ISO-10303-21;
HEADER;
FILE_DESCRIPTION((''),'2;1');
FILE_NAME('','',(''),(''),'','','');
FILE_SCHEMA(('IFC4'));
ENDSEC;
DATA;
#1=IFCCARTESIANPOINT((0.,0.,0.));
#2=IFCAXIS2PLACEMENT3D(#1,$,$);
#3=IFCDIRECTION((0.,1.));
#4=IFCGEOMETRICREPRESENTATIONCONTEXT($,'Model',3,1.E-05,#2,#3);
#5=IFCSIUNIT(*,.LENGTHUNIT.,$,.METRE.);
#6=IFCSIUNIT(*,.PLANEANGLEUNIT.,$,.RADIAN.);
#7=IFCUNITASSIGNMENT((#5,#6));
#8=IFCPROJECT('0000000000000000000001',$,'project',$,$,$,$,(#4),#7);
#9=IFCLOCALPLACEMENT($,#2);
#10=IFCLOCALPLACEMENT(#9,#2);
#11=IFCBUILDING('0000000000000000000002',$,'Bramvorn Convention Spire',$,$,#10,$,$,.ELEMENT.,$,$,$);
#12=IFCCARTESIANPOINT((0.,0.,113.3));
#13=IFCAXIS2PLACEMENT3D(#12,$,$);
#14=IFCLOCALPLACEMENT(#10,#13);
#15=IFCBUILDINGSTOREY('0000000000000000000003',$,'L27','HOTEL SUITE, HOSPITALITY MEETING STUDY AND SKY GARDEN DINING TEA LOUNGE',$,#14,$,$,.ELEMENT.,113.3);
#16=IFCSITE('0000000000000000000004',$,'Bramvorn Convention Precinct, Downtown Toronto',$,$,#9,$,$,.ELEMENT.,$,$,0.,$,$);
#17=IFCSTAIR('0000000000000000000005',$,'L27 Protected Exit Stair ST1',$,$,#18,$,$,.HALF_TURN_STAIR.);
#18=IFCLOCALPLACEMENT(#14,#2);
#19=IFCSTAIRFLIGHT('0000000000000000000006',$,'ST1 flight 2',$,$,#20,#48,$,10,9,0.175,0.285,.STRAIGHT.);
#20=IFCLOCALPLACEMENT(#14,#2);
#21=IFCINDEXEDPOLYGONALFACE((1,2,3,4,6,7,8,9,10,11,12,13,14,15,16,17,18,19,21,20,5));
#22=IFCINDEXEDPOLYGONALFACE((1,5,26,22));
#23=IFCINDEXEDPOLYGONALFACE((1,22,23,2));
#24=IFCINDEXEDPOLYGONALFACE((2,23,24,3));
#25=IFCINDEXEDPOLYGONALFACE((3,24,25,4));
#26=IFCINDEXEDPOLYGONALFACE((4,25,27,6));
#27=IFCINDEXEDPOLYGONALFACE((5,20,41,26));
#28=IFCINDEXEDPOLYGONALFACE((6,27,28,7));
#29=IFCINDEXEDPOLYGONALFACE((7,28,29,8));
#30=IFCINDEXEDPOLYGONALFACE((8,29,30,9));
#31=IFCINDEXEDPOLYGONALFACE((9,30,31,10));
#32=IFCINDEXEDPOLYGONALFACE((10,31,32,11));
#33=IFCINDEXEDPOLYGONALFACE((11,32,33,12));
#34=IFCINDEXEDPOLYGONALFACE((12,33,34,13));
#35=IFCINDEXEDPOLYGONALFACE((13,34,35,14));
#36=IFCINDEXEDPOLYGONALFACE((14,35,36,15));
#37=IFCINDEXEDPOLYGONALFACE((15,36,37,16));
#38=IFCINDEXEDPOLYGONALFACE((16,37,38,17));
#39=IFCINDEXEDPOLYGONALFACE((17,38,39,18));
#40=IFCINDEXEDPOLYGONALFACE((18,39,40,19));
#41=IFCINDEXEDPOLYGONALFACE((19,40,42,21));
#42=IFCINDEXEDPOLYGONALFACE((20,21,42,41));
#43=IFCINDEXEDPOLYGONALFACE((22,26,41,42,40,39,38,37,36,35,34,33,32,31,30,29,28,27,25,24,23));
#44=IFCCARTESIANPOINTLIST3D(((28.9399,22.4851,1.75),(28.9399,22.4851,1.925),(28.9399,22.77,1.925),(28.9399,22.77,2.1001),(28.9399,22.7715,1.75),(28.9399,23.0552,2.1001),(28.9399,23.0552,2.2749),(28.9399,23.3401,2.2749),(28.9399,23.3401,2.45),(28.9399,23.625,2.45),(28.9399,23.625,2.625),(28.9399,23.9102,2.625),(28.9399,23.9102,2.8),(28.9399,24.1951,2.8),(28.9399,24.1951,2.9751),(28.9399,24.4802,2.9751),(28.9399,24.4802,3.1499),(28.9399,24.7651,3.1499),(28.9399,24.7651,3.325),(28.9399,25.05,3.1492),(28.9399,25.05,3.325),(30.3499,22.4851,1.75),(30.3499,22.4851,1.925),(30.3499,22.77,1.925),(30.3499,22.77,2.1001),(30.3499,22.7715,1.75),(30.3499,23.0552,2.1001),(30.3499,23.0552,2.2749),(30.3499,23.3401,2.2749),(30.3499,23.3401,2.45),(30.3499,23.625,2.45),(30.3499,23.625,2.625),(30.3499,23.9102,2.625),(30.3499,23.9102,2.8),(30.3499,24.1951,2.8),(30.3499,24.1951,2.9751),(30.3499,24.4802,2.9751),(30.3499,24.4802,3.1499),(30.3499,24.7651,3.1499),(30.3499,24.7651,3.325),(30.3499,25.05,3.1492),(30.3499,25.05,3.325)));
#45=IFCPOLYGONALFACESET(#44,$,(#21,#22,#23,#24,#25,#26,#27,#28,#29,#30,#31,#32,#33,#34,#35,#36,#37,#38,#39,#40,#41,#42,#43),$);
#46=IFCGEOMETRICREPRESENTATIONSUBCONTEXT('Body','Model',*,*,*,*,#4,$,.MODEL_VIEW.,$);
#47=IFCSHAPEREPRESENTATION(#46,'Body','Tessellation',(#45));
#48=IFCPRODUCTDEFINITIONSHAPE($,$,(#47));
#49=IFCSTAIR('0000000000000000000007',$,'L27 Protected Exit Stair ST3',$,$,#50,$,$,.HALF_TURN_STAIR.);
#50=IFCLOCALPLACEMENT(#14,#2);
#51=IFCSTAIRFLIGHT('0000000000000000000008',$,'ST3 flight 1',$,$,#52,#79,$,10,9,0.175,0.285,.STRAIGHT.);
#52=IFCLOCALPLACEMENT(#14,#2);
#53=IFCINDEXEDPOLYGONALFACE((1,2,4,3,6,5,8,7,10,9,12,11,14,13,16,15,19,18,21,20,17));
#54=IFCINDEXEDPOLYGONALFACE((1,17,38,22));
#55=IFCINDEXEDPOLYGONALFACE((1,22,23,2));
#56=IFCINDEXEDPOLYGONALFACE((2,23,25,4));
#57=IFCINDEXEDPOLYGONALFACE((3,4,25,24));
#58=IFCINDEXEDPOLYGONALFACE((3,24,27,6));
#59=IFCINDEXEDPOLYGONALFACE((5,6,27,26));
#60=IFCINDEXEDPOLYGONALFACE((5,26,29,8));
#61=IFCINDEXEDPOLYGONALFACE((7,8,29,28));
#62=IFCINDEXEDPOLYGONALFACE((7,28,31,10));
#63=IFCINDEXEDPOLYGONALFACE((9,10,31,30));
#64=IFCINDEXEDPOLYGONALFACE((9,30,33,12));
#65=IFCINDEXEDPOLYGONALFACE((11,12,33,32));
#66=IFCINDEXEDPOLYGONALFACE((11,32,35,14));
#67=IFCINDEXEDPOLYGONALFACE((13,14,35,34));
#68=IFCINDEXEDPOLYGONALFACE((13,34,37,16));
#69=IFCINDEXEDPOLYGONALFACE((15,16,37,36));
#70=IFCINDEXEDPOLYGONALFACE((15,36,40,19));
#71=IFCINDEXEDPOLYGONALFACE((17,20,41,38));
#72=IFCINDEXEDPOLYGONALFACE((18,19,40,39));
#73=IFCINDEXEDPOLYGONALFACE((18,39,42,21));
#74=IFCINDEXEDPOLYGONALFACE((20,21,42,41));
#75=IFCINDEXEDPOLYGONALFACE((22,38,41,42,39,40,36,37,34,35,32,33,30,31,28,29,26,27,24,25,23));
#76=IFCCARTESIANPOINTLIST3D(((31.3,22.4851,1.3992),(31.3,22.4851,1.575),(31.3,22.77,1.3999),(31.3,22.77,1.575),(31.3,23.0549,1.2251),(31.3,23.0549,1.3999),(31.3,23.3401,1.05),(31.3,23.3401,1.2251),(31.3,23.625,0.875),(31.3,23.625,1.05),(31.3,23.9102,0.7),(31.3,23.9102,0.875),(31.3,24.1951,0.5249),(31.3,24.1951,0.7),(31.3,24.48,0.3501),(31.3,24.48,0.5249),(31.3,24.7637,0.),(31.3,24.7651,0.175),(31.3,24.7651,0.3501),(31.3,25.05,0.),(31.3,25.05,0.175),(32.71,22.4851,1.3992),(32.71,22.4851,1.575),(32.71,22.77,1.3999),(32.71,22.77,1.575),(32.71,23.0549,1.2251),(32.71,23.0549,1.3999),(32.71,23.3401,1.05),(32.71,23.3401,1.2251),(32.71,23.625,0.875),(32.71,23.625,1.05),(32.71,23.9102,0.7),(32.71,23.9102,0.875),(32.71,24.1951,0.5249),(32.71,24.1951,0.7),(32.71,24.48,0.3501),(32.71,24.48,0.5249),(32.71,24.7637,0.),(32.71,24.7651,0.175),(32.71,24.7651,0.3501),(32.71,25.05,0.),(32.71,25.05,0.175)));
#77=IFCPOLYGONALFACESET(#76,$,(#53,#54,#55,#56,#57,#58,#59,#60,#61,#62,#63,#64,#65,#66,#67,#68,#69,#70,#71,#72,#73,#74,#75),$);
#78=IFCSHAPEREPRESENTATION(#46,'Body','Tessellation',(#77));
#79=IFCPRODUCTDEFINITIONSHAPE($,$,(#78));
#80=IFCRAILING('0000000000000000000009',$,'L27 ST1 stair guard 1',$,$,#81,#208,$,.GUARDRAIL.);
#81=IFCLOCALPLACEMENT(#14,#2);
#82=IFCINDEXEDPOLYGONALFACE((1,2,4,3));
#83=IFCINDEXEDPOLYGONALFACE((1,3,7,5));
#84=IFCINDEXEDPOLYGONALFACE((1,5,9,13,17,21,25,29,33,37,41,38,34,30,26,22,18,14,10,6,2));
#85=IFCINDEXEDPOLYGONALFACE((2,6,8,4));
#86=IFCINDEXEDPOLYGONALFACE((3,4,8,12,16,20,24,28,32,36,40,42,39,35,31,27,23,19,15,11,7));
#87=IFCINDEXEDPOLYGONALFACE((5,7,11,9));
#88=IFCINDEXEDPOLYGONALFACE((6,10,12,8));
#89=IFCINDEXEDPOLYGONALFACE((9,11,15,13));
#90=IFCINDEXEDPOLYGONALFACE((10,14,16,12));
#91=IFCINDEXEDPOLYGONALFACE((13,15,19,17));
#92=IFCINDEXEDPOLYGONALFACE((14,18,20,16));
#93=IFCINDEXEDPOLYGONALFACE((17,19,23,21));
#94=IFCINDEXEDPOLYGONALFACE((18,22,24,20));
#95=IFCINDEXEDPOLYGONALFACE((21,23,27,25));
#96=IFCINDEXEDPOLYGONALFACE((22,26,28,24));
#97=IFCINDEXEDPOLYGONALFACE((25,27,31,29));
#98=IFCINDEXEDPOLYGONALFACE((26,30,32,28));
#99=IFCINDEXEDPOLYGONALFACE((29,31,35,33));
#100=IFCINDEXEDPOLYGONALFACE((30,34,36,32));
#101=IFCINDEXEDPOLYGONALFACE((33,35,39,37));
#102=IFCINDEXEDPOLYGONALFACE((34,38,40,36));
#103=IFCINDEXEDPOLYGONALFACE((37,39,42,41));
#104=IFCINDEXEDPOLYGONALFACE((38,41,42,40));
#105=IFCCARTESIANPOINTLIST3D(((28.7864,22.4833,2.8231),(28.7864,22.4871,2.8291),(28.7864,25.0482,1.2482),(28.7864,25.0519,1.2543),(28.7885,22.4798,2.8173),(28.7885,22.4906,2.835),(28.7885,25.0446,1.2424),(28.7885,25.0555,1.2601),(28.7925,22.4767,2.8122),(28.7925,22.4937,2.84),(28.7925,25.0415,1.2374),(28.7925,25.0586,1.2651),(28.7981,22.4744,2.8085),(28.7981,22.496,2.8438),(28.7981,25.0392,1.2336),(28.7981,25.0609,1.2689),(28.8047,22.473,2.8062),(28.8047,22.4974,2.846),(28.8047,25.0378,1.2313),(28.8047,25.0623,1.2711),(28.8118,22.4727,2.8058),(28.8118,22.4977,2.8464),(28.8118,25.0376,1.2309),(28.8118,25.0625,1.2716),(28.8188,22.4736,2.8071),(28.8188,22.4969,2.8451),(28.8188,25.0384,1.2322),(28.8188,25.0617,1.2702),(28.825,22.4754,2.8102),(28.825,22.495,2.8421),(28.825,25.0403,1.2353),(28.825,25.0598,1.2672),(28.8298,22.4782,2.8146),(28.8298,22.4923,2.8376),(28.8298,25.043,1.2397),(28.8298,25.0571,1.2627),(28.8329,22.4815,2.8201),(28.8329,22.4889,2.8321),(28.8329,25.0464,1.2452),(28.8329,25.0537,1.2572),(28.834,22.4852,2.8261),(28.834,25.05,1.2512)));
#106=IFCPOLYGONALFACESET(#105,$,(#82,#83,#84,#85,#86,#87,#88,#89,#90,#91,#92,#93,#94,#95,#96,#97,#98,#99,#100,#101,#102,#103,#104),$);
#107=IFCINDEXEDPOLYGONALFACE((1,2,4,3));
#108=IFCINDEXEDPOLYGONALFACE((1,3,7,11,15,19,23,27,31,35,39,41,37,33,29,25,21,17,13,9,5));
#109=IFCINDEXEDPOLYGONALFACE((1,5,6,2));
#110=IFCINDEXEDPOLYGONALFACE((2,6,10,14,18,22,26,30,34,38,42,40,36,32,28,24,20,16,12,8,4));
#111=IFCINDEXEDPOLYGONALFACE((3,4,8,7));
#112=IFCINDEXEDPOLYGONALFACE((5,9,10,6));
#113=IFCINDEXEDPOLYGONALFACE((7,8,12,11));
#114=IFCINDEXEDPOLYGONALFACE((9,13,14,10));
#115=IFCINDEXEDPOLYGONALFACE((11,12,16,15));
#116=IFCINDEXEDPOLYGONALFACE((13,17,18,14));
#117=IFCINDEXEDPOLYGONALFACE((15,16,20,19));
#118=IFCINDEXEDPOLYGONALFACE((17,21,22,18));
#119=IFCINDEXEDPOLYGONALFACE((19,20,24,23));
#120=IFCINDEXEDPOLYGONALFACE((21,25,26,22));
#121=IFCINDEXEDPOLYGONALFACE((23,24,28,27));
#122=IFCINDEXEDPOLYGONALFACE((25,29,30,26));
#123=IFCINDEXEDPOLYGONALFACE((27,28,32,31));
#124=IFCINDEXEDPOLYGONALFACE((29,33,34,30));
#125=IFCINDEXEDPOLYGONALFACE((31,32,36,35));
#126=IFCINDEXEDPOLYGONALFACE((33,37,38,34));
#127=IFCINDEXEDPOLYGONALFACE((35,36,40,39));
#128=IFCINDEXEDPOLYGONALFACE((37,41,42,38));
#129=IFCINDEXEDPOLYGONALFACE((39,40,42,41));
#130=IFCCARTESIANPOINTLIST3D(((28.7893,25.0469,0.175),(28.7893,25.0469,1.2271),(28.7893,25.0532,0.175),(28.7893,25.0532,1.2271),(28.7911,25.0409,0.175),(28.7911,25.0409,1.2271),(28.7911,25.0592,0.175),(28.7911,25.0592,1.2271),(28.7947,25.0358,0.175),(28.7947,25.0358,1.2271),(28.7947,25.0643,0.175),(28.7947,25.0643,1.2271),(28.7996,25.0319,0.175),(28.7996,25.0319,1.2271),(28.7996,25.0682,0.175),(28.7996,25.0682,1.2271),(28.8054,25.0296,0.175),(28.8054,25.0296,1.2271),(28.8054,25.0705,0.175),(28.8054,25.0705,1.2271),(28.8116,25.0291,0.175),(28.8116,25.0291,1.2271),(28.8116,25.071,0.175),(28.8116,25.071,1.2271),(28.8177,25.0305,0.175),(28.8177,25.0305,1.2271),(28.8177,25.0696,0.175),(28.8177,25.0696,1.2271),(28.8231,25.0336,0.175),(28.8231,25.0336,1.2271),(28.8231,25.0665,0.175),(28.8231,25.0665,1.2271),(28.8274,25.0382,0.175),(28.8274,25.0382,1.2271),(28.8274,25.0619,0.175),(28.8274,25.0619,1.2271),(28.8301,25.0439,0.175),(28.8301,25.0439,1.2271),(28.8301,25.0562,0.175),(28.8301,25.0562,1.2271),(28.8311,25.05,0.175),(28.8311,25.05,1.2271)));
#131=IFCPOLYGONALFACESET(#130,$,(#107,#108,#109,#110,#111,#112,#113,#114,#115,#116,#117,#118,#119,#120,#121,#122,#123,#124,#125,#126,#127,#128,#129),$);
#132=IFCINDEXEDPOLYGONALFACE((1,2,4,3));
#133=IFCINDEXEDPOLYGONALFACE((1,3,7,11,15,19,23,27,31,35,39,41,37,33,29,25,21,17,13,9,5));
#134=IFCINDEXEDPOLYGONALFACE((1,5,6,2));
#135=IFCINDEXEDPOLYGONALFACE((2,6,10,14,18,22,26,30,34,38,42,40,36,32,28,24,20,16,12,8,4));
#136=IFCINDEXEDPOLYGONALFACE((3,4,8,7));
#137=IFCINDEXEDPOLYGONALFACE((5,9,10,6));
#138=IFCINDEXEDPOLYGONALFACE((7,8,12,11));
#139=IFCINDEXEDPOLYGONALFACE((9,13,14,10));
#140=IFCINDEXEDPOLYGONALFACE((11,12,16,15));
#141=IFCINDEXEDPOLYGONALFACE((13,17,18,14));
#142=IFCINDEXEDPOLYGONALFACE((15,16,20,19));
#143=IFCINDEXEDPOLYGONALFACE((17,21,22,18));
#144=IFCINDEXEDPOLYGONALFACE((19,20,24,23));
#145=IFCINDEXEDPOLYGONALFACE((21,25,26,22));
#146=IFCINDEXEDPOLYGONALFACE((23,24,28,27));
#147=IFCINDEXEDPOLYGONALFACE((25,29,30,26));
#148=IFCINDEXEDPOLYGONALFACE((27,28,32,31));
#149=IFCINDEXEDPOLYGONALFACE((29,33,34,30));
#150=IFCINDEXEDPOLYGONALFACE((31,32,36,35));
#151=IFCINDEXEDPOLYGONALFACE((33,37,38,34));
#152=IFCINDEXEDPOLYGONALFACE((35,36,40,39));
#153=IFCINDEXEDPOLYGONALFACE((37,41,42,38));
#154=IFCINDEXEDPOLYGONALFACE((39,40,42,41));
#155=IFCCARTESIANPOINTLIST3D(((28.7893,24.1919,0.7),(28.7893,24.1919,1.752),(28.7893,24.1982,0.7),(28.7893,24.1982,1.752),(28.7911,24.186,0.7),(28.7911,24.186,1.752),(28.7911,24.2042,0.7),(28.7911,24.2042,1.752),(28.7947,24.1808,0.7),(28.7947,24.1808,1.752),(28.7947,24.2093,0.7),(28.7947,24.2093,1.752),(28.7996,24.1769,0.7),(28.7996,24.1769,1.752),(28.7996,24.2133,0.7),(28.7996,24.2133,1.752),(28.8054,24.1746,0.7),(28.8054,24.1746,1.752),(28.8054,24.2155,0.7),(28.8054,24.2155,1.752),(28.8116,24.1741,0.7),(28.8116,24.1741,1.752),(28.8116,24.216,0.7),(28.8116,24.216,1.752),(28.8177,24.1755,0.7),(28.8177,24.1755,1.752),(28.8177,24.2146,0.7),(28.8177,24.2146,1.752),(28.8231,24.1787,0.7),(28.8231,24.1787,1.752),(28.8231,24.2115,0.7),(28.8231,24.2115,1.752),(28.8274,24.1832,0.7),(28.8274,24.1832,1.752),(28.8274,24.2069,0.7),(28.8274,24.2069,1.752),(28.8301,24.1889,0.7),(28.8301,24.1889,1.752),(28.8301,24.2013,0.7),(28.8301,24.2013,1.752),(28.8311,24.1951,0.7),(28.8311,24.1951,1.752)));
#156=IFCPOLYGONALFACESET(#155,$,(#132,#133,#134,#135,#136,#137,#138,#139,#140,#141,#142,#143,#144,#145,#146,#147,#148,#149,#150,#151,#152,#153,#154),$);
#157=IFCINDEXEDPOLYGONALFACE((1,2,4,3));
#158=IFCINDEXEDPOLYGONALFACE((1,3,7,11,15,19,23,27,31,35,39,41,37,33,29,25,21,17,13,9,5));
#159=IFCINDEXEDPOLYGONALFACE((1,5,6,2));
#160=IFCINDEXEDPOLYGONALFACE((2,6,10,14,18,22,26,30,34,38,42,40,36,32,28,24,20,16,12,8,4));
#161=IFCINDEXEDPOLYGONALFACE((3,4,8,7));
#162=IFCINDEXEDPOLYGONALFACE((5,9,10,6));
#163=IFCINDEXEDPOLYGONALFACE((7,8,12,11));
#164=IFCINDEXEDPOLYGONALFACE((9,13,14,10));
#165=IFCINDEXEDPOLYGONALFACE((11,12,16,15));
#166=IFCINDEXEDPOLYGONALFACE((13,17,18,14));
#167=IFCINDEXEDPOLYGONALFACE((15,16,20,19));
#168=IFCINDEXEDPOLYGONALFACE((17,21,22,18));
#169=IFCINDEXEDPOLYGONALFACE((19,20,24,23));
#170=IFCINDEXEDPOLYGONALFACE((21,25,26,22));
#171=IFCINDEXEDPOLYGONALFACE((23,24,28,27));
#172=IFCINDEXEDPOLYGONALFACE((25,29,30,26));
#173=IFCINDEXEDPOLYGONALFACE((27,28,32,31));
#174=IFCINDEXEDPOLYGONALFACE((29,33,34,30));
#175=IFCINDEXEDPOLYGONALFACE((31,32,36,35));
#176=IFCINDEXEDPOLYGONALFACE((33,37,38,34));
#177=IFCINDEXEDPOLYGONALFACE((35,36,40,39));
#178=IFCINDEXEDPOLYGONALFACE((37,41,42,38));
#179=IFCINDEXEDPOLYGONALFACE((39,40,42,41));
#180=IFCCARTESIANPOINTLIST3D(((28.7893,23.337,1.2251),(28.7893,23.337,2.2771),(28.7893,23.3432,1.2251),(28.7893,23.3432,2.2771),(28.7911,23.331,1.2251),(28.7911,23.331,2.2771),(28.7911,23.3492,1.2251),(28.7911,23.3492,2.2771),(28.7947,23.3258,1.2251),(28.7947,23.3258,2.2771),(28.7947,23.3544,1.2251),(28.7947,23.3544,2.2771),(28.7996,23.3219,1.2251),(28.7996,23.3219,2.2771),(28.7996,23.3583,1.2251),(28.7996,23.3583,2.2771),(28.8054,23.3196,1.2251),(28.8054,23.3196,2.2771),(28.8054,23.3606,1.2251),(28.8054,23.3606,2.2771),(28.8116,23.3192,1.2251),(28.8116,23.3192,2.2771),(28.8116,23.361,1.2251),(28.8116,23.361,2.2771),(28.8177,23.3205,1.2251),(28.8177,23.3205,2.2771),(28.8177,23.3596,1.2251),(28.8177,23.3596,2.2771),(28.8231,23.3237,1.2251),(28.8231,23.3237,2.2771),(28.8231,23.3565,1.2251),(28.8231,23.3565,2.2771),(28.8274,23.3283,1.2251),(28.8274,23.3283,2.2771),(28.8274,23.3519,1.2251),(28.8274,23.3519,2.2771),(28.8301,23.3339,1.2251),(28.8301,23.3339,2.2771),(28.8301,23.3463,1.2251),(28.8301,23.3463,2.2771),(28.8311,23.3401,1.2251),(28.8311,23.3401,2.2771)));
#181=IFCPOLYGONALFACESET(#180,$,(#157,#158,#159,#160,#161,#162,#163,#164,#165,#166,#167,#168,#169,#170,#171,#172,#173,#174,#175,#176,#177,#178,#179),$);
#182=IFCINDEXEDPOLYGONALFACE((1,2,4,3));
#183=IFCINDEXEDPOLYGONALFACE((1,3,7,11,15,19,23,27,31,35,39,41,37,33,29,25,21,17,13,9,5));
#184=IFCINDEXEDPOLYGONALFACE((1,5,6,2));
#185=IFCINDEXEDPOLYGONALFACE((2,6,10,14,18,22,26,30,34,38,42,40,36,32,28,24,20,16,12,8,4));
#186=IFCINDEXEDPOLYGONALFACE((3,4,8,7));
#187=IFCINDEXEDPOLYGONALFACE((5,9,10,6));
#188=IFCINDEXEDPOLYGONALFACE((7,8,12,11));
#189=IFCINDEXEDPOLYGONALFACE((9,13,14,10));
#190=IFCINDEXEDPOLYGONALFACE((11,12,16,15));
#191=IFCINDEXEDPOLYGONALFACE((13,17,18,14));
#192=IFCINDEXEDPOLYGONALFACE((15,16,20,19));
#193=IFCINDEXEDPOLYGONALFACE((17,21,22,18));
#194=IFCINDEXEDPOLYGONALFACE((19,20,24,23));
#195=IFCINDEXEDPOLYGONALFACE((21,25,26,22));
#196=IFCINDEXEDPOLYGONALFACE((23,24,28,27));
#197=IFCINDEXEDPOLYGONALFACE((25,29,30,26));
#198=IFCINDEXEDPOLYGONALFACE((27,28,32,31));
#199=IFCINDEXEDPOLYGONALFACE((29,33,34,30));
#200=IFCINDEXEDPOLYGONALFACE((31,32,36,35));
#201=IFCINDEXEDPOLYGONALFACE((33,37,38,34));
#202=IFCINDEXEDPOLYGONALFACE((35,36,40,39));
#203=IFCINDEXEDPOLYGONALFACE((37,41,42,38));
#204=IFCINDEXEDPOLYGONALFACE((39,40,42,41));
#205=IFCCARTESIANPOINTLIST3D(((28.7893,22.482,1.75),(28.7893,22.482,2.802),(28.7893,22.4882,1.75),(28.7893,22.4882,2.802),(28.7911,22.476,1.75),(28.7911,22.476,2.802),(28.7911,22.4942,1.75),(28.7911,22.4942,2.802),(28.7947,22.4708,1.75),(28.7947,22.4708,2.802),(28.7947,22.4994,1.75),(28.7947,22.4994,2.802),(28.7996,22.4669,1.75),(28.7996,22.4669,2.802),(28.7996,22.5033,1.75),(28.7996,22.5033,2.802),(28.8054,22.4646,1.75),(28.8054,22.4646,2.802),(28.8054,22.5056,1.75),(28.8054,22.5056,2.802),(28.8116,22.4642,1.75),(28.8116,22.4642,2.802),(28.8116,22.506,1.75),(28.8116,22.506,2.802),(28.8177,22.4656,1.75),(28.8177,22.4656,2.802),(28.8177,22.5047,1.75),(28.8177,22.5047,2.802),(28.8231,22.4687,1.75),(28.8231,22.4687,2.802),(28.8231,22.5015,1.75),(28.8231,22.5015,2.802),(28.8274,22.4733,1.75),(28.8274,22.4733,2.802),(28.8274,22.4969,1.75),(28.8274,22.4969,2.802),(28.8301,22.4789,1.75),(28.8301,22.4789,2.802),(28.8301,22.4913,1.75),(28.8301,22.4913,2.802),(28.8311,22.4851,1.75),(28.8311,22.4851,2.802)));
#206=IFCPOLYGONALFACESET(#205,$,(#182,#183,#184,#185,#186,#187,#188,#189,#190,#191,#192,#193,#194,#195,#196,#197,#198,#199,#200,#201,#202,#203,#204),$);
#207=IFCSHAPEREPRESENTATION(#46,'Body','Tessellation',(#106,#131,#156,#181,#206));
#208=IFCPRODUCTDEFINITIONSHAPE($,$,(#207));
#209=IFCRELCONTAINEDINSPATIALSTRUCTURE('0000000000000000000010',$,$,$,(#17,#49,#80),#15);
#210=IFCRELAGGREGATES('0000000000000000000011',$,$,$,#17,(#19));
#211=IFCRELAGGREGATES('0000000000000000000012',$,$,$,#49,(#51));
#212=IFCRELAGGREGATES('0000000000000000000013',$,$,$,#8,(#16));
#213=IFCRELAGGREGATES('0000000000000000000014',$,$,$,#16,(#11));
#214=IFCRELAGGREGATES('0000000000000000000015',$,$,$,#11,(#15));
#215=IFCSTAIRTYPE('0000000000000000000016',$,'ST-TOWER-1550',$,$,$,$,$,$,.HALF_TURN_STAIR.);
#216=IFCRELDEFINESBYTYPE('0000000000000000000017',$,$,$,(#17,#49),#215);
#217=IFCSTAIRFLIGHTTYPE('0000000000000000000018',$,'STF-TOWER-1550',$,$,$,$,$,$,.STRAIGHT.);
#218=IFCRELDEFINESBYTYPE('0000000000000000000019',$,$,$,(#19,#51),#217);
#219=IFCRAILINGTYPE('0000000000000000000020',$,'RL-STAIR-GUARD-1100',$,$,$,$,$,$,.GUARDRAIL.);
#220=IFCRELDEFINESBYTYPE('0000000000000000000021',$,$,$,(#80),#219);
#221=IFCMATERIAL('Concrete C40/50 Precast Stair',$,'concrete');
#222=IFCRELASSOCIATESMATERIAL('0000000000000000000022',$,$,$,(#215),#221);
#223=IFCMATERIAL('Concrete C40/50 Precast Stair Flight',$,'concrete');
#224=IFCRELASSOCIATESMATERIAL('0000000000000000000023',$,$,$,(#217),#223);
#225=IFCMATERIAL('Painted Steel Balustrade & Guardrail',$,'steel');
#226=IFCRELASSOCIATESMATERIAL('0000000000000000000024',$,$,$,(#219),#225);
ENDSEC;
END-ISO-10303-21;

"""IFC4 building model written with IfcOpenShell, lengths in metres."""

from ifc_helpers import new_model, si_unit, direction, frame, origin, origin_2d, place, context, subcontext, project, spatial, polyline, circle, outline, extrude, material, type_object, element, aggregate, save


model = new_model("IFC4")

# Units and contexts
model_context = context("Model", 3, precision=1e-05, world=origin(), true_north=direction((0.0, 1.0)))
body_context = subcontext(model_context, "Body", "Model", "MODEL_VIEW")
ifc_project = project(units=[si_unit("LENGTHUNIT", "METRE"), si_unit("PLANEANGLEUNIT", "RADIAN")], contexts=[model_context])

# Site, building, storey
site_placement = place(None, origin())
site = spatial("IfcSite", under=ifc_project, at=site_placement, Name="Bramvorn Convention Precinct, Downtown Toronto", CompositionType="ELEMENT", RefElevation=0.0)
building_placement = place(site_placement, origin())
building = spatial("IfcBuilding", under=site, at=building_placement, Name="Bramvorn Convention Spire", CompositionType="ELEMENT")
storey_placement = place(building_placement, frame((0.0, 0.0, 113.3)))
storey = spatial("IfcBuildingStorey", under=building, at=storey_placement, Name="L27", Description="HOTEL SUITE, HOSPITALITY MEETING STUDY AND SKY GARDEN DINING TEA LOUNGE", CompositionType="ELEMENT", Elevation=113.3)

# Stair, stair flight
ifc_material_1 = material(Name="Concrete C40/50 Precast Stair", Category="concrete")
stair_type = type_object("IfcStairType", Name="ST-TOWER-1550", PredefinedType="HALF_TURN_STAIR", material=ifc_material_1)
stair_1_placement = place(storey_placement, origin())
stair_1 = element("IfcStair", 1, at=stair_1_placement, inside=storey, type_object=stair_type, Name="L27 Protected Exit Stair ST1", PredefinedType="HALF_TURN_STAIR")
ifc_material_2 = material(Name="Concrete C40/50 Precast Stair Flight", Category="concrete")
stair_flight_type = type_object("IfcStairFlightType", Name="STF-TOWER-1550", PredefinedType="STRAIGHT", material=ifc_material_2)
stair_flight_1_placement = place(storey_placement, frame((29.645, 22.4851, 1.75), z_axis=(0.0, 0.0, 1.0), x_axis=(0.0, 1.0, 0.0)))
stair_flight_1 = element("IfcStairFlight", 2, at=stair_flight_1_placement, type_object=stair_flight_type, Name="ST1 flight 2", NumberOfRisers=10, NumberOfTreads=9, PredefinedType="STRAIGHT", RiserHeight=0.175, TreadLength=0.285, context=body_context, shape_type="SweptSolid", body=[
    extrude(outline(polyline([(0.0, 0.0), (0.0, 0.175), (0.2849, 0.175), (0.2849, 0.3501), (0.5701, 0.3501), (0.5701, 0.5249), (0.855, 0.5249), (0.855, 0.7), (1.1399, 0.7), (1.1399, 0.875), (1.425, 0.875), (1.425, 1.05), (1.71, 1.05), (1.71, 1.2251), (1.9951, 1.2251), (1.9951, 1.3999), (2.28, 1.3999), (2.28, 1.575), (2.5649, 1.575), (2.5649, 1.75), (2.5649, 1.3992), (0.2864, 0.0), (0.0, 0.0)])), frame((0.0, 0.7051, 0.0), z_axis=(0.0, -1.0, 0.0), x_axis=(1.0, 0.0, 0.0)), (0.0, 0.0, 1.0), 1.4099),
])
aggregate(stair_1, [stair_flight_1])

# Stair, stair flight
stair_2_placement = place(storey_placement, origin())
stair_2 = element("IfcStair", 3, at=stair_2_placement, inside=storey, type_object=stair_type, Name="L27 Protected Exit Stair ST3", PredefinedType="HALF_TURN_STAIR")
stair_flight_2_placement = place(storey_placement, frame((32.0049, 25.05, 0.0), z_axis=(0.0, 0.0, 1.0), x_axis=(0.0, -1.0, 0.0)))
stair_flight_2 = element("IfcStairFlight", 4, at=stair_flight_2_placement, type_object=stair_flight_type, Name="ST3 flight 1", NumberOfRisers=10, NumberOfTreads=9, PredefinedType="STRAIGHT", RiserHeight=0.175, TreadLength=0.285, context=body_context, shape_type="SweptSolid", body=[
    extrude(outline(polyline([(0.0, 0.0), (0.0, 0.175), (0.2849, 0.175), (0.2849, 0.3501), (0.5701, 0.3501), (0.5701, 0.5249), (0.855, 0.5249), (0.855, 0.7), (1.1399, 0.7), (1.1399, 0.875), (1.425, 0.875), (1.425, 1.05), (1.71, 1.05), (1.71, 1.2251), (1.9951, 1.2251), (1.9951, 1.3999), (2.28, 1.3999), (2.28, 1.575), (2.5649, 1.575), (2.5649, 1.75), (2.5649, 1.3992), (0.2864, 0.0), (0.0, 0.0)])), frame((0.0, 0.7051, 0.0), z_axis=(0.0, -1.0, 0.0), x_axis=(1.0, 0.0, 0.0)), (0.0, 0.0, 1.0), 1.4099),
])
aggregate(stair_2, [stair_flight_2])

# Railing
ifc_material_3 = material(Name="Painted Steel Balustrade & Guardrail", Category="steel")
railing_type_1 = type_object("IfcRailingType", Name="RL-STAIR-GUARD-1100", PredefinedType="GUARDRAIL", material=ifc_material_3)
railing_1_placement = place(storey_placement, frame((28.8101, 25.05, 0.175)))
element("IfcRailing", 5, at=railing_1_placement, inside=storey, type_object=railing_type_1, Name="L27 ST1 stair guard 1", PredefinedType="GUARDRAIL", context=body_context, shape_type="SweptSolid", body=[
    extrude(circle(Radius=0.0239, at=origin_2d()), frame((0.0, 0.0, 1.0762), z_axis=(0.0, -0.852173, 0.52326), x_axis=(1.0, 0.0, 0.0)), (0.0, 0.0, 1.0), 3.0098),
    extrude(circle(Radius=0.021, at=origin_2d()), origin(), (0.0, 0.0, 1.0), 1.052),
    extrude(circle(Radius=0.021, at=origin_2d()), frame((0.0, -0.855, 0.5249)), (0.0, 0.0, 1.0), 1.052),
    extrude(circle(Radius=0.021, at=origin_2d()), frame((0.0, -1.71, 1.05)), (0.0, 0.0, 1.0), 1.052),
    extrude(circle(Radius=0.021, at=origin_2d()), frame((0.0, -2.5649, 1.575)), (0.0, 0.0, 1.0), 1.052),
])

save(model, "model.ifc")
